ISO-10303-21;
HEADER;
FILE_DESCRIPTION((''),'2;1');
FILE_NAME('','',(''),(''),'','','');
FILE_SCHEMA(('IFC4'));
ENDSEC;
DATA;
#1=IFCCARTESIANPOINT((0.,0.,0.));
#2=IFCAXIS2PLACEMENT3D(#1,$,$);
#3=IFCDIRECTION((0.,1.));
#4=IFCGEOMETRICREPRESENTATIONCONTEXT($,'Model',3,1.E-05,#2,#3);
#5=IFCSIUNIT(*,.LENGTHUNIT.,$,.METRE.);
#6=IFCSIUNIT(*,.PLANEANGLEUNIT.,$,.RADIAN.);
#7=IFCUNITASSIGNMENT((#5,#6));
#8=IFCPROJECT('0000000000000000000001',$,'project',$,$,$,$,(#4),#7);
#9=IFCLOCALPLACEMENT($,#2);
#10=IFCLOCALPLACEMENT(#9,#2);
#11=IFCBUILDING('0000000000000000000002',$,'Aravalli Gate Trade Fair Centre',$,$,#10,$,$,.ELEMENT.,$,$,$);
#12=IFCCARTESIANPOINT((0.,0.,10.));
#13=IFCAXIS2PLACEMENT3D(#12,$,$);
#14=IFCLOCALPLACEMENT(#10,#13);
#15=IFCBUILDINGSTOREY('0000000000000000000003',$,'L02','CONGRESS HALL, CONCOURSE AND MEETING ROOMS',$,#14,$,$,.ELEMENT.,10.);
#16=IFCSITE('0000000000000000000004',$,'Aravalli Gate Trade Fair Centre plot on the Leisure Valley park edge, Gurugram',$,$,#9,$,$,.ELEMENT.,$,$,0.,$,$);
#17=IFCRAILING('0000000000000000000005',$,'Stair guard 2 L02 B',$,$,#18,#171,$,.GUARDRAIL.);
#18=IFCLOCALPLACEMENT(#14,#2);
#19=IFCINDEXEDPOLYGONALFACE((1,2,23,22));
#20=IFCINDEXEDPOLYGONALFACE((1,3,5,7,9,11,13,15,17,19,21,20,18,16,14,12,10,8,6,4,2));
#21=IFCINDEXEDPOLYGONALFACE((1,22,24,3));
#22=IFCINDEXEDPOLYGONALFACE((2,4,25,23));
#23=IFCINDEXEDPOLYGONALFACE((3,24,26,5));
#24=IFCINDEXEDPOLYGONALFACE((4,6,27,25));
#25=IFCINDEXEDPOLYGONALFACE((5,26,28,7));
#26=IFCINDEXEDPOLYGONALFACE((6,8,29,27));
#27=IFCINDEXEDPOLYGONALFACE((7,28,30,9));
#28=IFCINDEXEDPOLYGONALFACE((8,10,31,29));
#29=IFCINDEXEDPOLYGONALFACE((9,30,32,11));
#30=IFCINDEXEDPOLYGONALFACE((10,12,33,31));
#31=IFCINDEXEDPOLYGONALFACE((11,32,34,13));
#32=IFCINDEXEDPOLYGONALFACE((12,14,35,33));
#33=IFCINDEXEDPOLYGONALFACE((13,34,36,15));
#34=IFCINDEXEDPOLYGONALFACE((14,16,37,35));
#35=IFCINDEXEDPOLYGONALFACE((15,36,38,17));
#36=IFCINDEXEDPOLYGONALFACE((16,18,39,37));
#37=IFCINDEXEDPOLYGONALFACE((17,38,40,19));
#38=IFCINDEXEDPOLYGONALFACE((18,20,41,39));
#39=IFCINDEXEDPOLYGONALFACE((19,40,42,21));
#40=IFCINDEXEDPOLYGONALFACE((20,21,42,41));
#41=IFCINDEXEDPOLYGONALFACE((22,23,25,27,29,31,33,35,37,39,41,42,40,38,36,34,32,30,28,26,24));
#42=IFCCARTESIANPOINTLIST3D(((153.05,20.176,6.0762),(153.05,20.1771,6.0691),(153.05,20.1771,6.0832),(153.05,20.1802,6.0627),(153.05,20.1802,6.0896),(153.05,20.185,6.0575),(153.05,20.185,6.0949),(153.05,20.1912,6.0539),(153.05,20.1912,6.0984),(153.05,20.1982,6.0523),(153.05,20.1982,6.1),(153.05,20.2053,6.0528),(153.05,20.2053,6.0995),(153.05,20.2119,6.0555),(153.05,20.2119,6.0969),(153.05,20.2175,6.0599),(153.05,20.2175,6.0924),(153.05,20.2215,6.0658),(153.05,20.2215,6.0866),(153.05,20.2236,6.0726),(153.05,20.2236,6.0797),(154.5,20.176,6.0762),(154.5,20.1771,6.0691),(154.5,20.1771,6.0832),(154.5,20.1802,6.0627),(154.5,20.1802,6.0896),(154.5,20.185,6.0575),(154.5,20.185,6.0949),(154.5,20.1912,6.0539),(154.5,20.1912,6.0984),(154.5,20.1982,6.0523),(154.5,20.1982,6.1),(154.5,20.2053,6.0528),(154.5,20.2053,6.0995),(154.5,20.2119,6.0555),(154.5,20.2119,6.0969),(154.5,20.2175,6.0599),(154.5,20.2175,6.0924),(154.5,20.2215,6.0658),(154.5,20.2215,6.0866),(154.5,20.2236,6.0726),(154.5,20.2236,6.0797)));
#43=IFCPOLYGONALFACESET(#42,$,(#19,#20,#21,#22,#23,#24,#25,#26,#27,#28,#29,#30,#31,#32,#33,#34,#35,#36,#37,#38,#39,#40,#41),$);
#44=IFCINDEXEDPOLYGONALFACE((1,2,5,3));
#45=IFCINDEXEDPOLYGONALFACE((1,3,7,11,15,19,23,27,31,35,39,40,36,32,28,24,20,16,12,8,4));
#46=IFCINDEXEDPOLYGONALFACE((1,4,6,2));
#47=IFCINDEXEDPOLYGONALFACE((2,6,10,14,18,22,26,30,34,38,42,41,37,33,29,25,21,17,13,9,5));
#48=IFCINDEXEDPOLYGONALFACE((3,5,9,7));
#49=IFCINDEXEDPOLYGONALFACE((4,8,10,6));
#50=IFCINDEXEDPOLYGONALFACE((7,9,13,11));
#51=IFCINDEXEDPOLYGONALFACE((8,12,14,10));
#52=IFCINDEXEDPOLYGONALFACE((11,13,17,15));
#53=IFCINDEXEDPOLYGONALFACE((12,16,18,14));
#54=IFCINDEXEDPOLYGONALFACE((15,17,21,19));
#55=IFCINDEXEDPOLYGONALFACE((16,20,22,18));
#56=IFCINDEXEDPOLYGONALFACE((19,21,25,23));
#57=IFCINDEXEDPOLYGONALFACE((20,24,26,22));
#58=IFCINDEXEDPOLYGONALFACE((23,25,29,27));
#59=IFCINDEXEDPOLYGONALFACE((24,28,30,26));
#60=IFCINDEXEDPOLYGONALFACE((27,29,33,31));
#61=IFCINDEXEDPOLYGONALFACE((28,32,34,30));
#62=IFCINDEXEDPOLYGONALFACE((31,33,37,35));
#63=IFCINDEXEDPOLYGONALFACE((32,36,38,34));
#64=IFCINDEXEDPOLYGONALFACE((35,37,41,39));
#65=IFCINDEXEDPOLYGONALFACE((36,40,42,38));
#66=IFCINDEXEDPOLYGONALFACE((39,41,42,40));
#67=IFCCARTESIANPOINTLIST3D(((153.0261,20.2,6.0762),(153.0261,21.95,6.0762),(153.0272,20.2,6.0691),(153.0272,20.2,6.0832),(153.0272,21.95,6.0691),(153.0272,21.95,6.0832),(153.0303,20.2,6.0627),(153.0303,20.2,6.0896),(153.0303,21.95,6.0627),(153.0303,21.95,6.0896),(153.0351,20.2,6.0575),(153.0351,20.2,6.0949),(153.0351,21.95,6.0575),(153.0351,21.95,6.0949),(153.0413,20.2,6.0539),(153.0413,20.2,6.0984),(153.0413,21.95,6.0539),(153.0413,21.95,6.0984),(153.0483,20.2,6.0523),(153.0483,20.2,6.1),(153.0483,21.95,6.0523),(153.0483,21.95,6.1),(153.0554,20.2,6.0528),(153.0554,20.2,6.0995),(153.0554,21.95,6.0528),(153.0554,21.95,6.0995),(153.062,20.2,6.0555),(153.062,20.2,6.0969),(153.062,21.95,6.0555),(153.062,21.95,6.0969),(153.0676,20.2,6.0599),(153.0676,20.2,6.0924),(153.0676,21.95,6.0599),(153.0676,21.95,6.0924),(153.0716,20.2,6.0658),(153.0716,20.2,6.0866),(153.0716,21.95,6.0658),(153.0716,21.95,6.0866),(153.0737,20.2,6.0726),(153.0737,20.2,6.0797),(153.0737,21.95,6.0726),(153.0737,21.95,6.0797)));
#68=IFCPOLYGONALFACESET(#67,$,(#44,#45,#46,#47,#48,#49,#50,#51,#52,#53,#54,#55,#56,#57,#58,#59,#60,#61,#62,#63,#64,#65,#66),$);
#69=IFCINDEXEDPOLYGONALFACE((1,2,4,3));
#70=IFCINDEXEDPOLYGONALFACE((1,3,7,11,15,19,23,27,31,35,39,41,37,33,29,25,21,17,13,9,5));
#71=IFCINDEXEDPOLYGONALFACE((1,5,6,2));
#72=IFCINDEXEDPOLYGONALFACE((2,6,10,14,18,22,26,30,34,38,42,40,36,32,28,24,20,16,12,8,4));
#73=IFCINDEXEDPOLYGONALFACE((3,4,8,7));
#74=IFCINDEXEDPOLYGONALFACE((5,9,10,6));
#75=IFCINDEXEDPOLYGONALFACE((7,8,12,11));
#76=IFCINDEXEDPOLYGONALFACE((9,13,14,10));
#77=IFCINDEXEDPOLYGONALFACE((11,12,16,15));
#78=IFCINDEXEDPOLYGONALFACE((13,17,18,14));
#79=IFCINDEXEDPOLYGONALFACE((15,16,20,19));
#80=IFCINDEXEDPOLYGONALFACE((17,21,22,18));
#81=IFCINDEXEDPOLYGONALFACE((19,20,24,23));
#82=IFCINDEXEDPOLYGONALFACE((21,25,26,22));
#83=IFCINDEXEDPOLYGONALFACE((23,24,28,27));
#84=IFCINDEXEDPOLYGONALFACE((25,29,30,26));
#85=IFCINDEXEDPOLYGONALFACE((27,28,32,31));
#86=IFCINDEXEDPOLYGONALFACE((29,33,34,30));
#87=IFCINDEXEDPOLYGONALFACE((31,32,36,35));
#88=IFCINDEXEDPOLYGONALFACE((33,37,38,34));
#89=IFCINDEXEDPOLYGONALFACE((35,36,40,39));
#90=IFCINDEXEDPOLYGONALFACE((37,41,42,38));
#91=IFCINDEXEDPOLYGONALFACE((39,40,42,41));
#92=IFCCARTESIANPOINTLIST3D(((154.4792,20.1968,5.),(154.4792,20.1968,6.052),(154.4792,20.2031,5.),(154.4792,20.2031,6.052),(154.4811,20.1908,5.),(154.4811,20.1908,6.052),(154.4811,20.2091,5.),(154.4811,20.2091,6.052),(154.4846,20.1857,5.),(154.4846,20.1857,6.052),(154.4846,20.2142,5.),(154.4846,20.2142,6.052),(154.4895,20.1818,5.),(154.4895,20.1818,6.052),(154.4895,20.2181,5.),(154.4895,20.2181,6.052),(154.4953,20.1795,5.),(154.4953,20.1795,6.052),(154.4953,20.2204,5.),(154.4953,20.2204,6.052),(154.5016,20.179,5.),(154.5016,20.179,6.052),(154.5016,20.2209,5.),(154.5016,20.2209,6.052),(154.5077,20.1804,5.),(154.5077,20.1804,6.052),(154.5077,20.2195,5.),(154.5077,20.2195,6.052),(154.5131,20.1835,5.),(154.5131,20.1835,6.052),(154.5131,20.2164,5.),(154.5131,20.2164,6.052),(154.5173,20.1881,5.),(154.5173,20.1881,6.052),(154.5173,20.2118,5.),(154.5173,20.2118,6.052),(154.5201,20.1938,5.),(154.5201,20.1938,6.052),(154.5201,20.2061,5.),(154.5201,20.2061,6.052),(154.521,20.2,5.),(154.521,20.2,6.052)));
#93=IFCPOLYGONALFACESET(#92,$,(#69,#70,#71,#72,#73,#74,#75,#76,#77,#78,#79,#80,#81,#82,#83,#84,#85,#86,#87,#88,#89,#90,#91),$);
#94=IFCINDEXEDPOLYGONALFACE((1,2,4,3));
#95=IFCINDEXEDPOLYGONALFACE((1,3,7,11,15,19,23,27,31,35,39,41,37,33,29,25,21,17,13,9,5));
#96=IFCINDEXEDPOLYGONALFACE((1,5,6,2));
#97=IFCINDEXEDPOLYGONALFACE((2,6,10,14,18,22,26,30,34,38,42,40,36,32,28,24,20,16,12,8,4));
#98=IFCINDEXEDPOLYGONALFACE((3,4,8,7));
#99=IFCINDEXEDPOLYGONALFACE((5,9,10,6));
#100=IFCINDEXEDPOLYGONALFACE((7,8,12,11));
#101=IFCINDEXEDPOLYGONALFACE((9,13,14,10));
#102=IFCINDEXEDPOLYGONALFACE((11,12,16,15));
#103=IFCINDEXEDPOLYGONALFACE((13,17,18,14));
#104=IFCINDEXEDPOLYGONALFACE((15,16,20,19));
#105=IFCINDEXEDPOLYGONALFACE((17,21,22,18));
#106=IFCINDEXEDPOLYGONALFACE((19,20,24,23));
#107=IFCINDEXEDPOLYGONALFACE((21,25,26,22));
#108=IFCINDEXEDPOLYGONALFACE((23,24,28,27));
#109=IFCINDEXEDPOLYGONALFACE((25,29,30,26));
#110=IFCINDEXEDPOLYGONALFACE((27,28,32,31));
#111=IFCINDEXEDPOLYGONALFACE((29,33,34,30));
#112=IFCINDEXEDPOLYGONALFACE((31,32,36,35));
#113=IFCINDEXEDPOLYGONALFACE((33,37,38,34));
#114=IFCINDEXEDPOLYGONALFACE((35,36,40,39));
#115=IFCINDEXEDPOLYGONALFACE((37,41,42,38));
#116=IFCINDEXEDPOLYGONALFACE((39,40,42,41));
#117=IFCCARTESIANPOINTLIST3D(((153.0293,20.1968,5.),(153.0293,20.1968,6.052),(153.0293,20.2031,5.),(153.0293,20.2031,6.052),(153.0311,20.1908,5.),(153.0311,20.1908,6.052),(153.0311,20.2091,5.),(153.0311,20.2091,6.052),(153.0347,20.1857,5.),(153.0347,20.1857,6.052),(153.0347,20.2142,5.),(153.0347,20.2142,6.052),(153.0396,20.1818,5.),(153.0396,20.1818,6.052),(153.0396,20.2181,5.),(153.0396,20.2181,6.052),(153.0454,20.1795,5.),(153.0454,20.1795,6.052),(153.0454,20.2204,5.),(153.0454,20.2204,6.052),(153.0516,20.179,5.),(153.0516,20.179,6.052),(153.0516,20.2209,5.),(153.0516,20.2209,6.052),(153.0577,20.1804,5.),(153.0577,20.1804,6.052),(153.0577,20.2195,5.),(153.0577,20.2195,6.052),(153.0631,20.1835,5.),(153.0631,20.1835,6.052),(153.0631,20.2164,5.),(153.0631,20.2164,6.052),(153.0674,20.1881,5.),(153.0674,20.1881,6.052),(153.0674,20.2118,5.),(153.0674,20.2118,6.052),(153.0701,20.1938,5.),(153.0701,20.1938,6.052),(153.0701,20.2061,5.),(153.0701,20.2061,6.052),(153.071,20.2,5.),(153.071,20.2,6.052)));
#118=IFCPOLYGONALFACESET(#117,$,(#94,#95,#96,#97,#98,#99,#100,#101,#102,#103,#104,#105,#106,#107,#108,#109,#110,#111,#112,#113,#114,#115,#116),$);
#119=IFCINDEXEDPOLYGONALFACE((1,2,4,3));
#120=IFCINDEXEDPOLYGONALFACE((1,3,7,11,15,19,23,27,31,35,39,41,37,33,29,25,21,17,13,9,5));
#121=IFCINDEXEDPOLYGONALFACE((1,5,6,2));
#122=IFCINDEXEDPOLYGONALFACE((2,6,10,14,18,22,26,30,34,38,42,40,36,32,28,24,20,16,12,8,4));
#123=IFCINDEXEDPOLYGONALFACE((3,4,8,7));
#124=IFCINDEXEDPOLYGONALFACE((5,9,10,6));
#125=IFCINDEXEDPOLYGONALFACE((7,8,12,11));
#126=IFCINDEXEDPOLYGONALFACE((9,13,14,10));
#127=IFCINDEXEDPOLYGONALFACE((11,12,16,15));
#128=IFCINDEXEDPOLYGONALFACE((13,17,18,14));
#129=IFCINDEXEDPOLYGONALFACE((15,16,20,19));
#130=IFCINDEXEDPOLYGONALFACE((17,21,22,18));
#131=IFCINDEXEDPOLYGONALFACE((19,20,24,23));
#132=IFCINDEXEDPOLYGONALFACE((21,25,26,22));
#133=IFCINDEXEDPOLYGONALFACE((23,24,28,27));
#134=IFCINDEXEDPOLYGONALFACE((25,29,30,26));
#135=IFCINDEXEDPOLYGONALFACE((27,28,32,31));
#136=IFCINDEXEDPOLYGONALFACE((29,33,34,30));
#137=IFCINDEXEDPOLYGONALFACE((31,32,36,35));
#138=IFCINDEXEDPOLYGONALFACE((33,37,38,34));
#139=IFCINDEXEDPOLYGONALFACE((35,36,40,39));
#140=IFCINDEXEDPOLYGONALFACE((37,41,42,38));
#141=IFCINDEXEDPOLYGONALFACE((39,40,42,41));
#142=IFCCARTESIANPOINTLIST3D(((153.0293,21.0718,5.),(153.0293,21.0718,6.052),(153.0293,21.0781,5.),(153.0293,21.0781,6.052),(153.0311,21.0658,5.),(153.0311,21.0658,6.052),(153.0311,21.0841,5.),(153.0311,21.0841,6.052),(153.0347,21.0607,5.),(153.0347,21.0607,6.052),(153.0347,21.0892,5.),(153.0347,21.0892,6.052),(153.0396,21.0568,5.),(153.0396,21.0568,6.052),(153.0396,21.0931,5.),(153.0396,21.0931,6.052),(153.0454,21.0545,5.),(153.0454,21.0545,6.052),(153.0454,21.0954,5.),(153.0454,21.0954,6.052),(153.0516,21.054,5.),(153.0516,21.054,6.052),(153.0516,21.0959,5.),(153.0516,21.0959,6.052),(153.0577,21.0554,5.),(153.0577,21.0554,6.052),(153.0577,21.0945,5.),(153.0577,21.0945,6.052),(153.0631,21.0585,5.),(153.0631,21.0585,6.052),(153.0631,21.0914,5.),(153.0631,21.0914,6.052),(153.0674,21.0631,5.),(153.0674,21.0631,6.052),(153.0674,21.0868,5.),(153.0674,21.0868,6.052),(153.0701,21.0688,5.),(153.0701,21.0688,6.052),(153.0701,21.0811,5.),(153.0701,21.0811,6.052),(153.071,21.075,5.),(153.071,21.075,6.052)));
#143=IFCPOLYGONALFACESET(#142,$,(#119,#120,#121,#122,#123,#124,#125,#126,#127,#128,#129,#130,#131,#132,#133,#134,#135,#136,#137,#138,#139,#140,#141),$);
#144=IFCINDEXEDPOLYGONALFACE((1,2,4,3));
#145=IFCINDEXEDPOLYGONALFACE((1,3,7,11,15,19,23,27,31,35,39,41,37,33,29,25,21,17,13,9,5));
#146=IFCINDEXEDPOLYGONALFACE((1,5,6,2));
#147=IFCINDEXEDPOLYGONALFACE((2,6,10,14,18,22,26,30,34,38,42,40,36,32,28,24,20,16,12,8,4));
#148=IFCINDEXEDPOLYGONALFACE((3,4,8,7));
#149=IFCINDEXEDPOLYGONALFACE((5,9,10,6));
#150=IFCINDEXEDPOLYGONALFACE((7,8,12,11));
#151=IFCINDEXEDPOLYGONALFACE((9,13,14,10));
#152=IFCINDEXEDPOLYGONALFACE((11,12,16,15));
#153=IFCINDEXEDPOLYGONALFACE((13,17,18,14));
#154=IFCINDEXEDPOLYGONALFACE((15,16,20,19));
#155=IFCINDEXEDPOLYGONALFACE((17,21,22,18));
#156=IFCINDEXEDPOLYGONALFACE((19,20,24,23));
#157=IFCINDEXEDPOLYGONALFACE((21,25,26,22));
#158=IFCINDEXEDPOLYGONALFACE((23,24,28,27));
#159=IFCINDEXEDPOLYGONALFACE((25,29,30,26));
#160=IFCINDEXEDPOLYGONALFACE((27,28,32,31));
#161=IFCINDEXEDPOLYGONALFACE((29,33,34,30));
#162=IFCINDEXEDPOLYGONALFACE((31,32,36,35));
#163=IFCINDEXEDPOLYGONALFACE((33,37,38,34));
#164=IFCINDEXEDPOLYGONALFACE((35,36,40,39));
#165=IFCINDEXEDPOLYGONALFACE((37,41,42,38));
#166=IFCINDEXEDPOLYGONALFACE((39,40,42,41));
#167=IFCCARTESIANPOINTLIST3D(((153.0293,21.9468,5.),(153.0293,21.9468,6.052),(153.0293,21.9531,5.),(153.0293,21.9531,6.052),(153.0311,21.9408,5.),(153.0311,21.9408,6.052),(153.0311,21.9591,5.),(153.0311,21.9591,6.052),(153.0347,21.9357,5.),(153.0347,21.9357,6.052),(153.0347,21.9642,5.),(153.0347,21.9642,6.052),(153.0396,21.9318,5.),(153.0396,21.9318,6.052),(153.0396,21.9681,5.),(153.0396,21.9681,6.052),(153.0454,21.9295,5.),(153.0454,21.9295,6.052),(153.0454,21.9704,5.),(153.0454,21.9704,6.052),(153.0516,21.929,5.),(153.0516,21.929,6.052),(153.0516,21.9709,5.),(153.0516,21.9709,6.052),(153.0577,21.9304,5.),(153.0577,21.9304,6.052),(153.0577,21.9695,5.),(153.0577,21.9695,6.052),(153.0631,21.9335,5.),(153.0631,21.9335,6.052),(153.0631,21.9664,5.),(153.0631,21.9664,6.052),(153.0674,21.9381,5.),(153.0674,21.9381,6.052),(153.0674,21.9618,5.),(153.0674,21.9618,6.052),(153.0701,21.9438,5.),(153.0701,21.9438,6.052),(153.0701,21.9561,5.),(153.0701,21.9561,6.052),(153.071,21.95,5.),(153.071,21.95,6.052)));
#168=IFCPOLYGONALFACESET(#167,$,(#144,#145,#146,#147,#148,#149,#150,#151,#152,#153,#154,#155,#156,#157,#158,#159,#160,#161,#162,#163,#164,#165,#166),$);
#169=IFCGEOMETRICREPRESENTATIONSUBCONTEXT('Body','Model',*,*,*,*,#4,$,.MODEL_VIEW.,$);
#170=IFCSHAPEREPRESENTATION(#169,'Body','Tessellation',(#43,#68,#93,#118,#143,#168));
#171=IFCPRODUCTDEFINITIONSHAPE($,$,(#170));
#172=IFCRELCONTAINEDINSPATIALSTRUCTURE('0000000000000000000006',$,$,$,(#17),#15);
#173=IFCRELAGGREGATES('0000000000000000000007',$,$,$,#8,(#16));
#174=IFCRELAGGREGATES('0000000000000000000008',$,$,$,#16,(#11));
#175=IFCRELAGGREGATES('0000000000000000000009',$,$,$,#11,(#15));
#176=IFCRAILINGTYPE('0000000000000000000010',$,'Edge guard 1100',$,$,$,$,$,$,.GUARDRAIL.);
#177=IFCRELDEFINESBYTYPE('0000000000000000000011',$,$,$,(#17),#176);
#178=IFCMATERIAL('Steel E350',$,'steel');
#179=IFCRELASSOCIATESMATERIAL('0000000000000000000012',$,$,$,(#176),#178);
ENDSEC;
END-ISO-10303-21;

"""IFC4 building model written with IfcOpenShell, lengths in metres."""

from ifc_helpers import new_model, si_unit, direction, frame, origin, origin_2d, place, context, subcontext, project, spatial, circle, extrude, material, type_object, element, save


model = new_model("IFC4")

# Units and contexts
model_context = context("Model", 3, precision=1e-05, world=origin(), true_north=direction((0.0, 1.0)))
body_context = subcontext(model_context, "Body", "Model", "MODEL_VIEW")
ifc_project = project(units=[si_unit("LENGTHUNIT", "METRE"), si_unit("PLANEANGLEUNIT", "RADIAN")], contexts=[model_context])

# Site, building, storey
site_placement = place(None, origin())
site = spatial("IfcSite", under=ifc_project, at=site_placement, Name="Aravalli Gate Trade Fair Centre plot on the Leisure Valley park edge, Gurugram", CompositionType="ELEMENT", RefElevation=0.0)
building_placement = place(site_placement, origin())
building = spatial("IfcBuilding", under=site, at=building_placement, Name="Aravalli Gate Trade Fair Centre", CompositionType="ELEMENT")
storey_placement = place(building_placement, frame((0.0, 0.0, 10.0)))
storey = spatial("IfcBuildingStorey", under=building, at=storey_placement, Name="L02", Description="CONGRESS HALL, CONCOURSE AND MEETING ROOMS", CompositionType="ELEMENT", Elevation=10.0)

# Railing
ifc_material_1 = material(Name="Steel E350", Category="steel")
railing_type = type_object("IfcRailingType", Name="Edge guard 1100", PredefinedType="GUARDRAIL", material=ifc_material_1)
railing_1_placement = place(storey_placement, frame((154.5, 20.2, 5.0)))
element("IfcRailing", 1, at=railing_1_placement, inside=storey, type_object=railing_type, Name="Stair guard 2 L02 B", PredefinedType="GUARDRAIL", context=body_context, shape_type="SweptSolid", body=[
    extrude(circle(Radius=0.0239, at=origin_2d()), frame((0.0, 0.0, 1.0762), z_axis=(-1.0, 0.0, 0.0), x_axis=(0.0, -1.0, 0.0)), (0.0, 0.0, 1.0), 1.45),
    extrude(circle(Radius=0.0239, at=origin_2d()), frame((-1.45, 0.0, 1.0762), z_axis=(0.0, 1.0, 0.0), x_axis=(-1.0, 0.0, 0.0)), (0.0, 0.0, 1.0), 1.75),
    extrude(circle(Radius=0.021, at=origin_2d()), origin(), (0.0, 0.0, 1.0), 1.052),
    extrude(circle(Radius=0.021, at=origin_2d()), frame((-1.45, 0.0, 0.0)), (0.0, 0.0, 1.0), 1.052),
    extrude(circle(Radius=0.021, at=origin_2d()), frame((-1.45, 0.875, 0.0)), (0.0, 0.0, 1.0), 1.052),
    extrude(circle(Radius=0.021, at=origin_2d()), frame((-1.45, 1.75, 0.0)), (0.0, 0.0, 1.0), 1.052),
])

save(model, "model.ifc")
